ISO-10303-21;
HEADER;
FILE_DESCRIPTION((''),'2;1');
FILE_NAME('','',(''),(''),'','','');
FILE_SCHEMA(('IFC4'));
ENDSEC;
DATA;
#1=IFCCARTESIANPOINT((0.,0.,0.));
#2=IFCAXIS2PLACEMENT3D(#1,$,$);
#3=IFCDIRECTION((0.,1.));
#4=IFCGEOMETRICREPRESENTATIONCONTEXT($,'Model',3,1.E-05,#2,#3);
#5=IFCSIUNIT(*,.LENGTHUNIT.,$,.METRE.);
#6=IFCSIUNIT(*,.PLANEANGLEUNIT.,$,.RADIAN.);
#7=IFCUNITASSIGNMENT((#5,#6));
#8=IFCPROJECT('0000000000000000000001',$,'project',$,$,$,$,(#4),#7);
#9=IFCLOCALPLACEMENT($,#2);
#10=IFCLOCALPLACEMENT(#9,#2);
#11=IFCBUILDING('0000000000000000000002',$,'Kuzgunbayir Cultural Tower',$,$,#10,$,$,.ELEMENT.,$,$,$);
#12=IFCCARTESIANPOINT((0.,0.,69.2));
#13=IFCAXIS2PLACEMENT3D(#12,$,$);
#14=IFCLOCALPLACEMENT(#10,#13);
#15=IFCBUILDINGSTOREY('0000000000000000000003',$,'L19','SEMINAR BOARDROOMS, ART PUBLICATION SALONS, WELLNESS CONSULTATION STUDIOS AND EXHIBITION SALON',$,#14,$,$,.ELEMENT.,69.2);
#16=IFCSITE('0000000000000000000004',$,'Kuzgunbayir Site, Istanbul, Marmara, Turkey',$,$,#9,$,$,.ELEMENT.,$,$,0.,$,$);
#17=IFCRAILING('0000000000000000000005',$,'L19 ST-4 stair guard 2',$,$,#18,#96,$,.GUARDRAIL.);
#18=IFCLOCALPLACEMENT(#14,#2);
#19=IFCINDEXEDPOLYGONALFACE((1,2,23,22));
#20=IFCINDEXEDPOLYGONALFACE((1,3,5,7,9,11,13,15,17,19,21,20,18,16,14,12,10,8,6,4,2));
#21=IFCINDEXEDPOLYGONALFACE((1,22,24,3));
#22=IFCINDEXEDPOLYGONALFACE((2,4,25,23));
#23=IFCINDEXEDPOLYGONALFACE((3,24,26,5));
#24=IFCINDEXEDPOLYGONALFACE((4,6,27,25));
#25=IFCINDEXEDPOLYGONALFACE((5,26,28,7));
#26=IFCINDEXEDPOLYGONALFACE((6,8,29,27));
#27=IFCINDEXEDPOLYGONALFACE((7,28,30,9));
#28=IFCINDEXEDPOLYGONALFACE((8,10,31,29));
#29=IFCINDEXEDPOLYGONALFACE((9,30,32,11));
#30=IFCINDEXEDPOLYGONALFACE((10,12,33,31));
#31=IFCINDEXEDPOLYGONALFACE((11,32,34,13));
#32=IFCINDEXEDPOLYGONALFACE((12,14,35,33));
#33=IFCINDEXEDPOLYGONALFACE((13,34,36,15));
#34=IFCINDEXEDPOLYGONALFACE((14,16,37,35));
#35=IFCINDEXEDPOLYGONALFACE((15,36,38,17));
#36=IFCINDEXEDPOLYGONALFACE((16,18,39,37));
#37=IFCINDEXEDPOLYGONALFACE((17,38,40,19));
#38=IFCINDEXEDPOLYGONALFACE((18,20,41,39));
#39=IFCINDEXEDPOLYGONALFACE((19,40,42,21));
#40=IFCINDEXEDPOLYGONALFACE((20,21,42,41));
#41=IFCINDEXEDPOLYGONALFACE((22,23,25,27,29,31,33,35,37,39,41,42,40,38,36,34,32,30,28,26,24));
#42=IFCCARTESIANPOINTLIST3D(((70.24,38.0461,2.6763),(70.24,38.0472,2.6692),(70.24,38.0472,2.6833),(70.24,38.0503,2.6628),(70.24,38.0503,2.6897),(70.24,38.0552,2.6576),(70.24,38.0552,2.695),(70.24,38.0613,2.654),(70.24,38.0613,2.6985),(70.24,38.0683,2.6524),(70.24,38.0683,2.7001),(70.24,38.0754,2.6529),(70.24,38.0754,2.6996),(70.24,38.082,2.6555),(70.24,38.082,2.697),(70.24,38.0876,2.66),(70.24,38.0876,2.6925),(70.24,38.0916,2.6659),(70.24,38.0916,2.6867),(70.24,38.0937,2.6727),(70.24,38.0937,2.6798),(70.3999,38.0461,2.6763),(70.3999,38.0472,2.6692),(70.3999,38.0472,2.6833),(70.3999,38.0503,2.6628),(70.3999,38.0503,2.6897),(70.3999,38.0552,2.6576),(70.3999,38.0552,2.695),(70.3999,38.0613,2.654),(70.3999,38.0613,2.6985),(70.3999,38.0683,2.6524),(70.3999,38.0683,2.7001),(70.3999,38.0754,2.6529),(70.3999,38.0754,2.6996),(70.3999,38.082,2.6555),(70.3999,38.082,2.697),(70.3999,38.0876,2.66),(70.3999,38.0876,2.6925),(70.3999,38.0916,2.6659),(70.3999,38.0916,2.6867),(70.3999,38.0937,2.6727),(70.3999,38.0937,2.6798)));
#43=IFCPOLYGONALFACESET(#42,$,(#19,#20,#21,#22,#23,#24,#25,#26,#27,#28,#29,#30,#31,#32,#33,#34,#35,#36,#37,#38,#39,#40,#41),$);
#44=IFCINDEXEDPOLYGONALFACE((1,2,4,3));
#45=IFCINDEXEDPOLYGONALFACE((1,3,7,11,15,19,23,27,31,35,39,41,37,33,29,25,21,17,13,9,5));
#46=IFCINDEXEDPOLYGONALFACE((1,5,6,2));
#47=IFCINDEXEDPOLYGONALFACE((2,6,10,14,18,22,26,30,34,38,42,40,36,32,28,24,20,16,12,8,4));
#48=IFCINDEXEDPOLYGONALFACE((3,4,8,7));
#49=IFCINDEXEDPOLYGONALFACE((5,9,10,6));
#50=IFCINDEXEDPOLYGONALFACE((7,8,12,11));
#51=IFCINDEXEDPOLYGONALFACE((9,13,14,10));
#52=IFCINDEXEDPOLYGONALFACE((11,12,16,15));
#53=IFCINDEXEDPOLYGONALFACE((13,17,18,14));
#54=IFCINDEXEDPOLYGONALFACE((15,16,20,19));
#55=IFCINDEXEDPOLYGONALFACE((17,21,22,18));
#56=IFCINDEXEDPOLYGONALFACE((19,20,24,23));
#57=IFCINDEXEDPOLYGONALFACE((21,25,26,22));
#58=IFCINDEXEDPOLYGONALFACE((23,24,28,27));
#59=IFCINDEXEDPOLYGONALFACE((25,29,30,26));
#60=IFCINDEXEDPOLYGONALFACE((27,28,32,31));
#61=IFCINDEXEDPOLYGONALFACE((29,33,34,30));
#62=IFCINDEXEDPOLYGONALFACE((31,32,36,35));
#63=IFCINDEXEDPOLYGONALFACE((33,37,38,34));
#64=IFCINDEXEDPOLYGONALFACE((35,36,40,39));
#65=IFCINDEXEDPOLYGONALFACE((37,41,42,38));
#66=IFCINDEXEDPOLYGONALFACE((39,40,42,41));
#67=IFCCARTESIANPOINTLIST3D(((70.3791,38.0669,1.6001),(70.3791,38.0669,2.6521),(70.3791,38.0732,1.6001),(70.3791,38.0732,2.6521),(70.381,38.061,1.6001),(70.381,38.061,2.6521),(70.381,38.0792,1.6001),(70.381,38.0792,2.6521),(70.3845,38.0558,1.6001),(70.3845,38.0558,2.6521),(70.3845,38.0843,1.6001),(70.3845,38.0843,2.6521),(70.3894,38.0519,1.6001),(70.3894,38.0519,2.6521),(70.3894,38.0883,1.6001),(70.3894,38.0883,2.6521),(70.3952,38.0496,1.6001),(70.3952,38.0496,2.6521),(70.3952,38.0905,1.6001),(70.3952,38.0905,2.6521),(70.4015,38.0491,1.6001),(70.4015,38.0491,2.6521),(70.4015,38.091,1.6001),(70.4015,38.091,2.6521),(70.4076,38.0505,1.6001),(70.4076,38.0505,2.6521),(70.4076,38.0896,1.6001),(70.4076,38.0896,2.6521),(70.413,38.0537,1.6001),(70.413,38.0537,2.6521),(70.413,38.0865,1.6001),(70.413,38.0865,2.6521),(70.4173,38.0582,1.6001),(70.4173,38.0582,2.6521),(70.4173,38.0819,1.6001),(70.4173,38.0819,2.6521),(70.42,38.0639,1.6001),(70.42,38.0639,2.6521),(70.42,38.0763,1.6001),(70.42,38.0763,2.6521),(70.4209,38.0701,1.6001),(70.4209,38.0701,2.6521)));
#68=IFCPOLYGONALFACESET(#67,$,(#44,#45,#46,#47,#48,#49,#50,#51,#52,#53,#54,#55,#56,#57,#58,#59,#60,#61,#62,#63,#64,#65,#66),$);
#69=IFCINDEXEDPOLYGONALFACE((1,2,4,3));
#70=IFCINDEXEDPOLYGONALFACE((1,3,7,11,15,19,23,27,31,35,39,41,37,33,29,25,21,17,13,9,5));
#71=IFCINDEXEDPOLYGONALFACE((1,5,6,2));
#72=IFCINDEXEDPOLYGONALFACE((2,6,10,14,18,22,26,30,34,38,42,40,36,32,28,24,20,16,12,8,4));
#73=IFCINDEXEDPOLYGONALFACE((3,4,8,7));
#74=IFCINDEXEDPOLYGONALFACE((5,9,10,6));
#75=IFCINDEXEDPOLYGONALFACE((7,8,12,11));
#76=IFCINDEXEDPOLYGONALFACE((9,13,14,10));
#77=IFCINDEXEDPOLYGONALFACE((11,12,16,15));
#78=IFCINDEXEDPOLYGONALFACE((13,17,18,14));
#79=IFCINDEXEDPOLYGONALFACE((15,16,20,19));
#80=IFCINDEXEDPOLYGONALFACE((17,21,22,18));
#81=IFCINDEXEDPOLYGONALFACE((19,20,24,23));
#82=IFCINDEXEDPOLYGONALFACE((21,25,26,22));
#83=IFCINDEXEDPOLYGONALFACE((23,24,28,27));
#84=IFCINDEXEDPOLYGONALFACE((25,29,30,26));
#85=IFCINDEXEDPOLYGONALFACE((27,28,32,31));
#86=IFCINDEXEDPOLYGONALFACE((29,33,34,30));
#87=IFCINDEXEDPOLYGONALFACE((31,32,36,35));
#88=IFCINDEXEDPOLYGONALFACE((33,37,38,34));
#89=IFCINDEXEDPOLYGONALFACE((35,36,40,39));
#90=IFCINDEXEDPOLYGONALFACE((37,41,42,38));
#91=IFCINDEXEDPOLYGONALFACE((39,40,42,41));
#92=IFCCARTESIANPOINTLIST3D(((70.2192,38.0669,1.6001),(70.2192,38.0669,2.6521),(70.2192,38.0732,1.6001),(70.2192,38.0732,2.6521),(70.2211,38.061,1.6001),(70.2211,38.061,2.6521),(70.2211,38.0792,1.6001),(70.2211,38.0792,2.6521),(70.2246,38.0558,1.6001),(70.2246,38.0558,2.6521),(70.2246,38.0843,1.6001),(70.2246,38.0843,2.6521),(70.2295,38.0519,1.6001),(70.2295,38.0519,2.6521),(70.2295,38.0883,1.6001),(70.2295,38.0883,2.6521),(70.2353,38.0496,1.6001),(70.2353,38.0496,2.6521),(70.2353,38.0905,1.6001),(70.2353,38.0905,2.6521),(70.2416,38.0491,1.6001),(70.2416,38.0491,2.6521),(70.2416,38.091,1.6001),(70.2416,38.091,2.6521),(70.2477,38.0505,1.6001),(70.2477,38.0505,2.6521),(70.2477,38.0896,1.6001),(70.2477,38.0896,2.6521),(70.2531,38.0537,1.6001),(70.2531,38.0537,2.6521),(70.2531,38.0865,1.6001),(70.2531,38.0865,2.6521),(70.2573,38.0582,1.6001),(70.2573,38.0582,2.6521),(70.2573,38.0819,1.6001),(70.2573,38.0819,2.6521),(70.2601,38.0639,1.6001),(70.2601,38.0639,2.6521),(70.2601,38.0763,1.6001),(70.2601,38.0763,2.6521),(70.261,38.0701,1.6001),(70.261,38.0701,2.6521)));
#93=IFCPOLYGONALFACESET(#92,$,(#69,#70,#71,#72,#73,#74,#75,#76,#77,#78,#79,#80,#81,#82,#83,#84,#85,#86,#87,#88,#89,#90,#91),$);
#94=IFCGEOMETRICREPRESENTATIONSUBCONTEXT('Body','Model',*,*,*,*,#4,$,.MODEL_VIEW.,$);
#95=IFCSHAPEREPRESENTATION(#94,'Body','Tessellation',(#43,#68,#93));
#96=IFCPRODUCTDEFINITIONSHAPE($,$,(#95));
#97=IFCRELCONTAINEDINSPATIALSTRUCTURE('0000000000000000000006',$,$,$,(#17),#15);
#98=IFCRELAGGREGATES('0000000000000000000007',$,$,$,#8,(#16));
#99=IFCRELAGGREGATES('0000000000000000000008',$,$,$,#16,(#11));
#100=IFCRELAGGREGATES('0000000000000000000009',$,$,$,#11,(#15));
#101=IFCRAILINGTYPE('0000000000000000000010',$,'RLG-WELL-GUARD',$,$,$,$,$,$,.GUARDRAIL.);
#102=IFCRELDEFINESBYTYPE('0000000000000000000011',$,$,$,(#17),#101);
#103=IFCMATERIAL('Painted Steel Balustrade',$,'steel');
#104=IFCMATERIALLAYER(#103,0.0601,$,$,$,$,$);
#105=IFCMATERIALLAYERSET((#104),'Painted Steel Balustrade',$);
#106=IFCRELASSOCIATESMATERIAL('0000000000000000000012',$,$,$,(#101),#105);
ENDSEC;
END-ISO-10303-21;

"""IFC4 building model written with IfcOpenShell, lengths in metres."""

from ifc_helpers import new_model, si_unit, direction, frame, origin, origin_2d, place, context, subcontext, project, spatial, circle, extrude, material, layer, layer_set, type_object, element, save


model = new_model("IFC4")

# Units and contexts
model_context = context("Model", 3, precision=1e-05, world=origin(), true_north=direction((0.0, 1.0)))
body_context = subcontext(model_context, "Body", "Model", "MODEL_VIEW")
ifc_project = project(units=[si_unit("LENGTHUNIT", "METRE"), si_unit("PLANEANGLEUNIT", "RADIAN")], contexts=[model_context])

# Site, building, storey
site_placement = place(None, origin())
site = spatial("IfcSite", under=ifc_project, at=site_placement, Name="Kuzgunbayir Site, Istanbul, Marmara, Turkey", CompositionType="ELEMENT", RefElevation=0.0)
building_placement = place(site_placement, origin())
building = spatial("IfcBuilding", under=site, at=building_placement, Name="Kuzgunbayir Cultural Tower", CompositionType="ELEMENT")
storey_placement = place(building_placement, frame((0.0, 0.0, 69.2)))
storey = spatial("IfcBuildingStorey", under=building, at=storey_placement, Name="L19", Description="SEMINAR BOARDROOMS, ART PUBLICATION SALONS, WELLNESS CONSULTATION STUDIOS AND EXHIBITION SALON", CompositionType="ELEMENT", Elevation=69.2)

# Railing
ifc_material_1 = material(Name="Painted Steel Balustrade", Category="steel")
ifc_layer_1 = layer(ifc_material_1, 0.0601)
ifc_layer_set_1 = layer_set([ifc_layer_1], Name="Painted Steel Balustrade")
railing_type_1 = type_object("IfcRailingType", Name="RLG-WELL-GUARD", PredefinedType="GUARDRAIL", material=ifc_layer_set_1)
railing_1_placement = place(storey_placement, frame((70.3999, 38.0701, 1.6001)))
element("IfcRailing", 1, at=railing_1_placement, inside=storey, type_object=railing_type_1, Name="L19 ST-4 stair guard 2", PredefinedType="GUARDRAIL", context=body_context, shape_type="SweptSolid", body=[
    extrude(circle(Radius=0.0239, at=origin_2d()), frame((0.0, 0.0, 1.0762), z_axis=(-1.0, 0.0, 0.0), x_axis=(0.0, -1.0, 0.0)), (0.0, 0.0, 1.0), 0.1599),
    extrude(circle(Radius=0.021, at=origin_2d()), origin(), (0.0, 0.0, 1.0), 1.052),
    extrude(circle(Radius=0.021, at=origin_2d()), frame((-0.1599, 0.0, 0.0)), (0.0, 0.0, 1.0), 1.052),
])

save(model, "model.ifc")
